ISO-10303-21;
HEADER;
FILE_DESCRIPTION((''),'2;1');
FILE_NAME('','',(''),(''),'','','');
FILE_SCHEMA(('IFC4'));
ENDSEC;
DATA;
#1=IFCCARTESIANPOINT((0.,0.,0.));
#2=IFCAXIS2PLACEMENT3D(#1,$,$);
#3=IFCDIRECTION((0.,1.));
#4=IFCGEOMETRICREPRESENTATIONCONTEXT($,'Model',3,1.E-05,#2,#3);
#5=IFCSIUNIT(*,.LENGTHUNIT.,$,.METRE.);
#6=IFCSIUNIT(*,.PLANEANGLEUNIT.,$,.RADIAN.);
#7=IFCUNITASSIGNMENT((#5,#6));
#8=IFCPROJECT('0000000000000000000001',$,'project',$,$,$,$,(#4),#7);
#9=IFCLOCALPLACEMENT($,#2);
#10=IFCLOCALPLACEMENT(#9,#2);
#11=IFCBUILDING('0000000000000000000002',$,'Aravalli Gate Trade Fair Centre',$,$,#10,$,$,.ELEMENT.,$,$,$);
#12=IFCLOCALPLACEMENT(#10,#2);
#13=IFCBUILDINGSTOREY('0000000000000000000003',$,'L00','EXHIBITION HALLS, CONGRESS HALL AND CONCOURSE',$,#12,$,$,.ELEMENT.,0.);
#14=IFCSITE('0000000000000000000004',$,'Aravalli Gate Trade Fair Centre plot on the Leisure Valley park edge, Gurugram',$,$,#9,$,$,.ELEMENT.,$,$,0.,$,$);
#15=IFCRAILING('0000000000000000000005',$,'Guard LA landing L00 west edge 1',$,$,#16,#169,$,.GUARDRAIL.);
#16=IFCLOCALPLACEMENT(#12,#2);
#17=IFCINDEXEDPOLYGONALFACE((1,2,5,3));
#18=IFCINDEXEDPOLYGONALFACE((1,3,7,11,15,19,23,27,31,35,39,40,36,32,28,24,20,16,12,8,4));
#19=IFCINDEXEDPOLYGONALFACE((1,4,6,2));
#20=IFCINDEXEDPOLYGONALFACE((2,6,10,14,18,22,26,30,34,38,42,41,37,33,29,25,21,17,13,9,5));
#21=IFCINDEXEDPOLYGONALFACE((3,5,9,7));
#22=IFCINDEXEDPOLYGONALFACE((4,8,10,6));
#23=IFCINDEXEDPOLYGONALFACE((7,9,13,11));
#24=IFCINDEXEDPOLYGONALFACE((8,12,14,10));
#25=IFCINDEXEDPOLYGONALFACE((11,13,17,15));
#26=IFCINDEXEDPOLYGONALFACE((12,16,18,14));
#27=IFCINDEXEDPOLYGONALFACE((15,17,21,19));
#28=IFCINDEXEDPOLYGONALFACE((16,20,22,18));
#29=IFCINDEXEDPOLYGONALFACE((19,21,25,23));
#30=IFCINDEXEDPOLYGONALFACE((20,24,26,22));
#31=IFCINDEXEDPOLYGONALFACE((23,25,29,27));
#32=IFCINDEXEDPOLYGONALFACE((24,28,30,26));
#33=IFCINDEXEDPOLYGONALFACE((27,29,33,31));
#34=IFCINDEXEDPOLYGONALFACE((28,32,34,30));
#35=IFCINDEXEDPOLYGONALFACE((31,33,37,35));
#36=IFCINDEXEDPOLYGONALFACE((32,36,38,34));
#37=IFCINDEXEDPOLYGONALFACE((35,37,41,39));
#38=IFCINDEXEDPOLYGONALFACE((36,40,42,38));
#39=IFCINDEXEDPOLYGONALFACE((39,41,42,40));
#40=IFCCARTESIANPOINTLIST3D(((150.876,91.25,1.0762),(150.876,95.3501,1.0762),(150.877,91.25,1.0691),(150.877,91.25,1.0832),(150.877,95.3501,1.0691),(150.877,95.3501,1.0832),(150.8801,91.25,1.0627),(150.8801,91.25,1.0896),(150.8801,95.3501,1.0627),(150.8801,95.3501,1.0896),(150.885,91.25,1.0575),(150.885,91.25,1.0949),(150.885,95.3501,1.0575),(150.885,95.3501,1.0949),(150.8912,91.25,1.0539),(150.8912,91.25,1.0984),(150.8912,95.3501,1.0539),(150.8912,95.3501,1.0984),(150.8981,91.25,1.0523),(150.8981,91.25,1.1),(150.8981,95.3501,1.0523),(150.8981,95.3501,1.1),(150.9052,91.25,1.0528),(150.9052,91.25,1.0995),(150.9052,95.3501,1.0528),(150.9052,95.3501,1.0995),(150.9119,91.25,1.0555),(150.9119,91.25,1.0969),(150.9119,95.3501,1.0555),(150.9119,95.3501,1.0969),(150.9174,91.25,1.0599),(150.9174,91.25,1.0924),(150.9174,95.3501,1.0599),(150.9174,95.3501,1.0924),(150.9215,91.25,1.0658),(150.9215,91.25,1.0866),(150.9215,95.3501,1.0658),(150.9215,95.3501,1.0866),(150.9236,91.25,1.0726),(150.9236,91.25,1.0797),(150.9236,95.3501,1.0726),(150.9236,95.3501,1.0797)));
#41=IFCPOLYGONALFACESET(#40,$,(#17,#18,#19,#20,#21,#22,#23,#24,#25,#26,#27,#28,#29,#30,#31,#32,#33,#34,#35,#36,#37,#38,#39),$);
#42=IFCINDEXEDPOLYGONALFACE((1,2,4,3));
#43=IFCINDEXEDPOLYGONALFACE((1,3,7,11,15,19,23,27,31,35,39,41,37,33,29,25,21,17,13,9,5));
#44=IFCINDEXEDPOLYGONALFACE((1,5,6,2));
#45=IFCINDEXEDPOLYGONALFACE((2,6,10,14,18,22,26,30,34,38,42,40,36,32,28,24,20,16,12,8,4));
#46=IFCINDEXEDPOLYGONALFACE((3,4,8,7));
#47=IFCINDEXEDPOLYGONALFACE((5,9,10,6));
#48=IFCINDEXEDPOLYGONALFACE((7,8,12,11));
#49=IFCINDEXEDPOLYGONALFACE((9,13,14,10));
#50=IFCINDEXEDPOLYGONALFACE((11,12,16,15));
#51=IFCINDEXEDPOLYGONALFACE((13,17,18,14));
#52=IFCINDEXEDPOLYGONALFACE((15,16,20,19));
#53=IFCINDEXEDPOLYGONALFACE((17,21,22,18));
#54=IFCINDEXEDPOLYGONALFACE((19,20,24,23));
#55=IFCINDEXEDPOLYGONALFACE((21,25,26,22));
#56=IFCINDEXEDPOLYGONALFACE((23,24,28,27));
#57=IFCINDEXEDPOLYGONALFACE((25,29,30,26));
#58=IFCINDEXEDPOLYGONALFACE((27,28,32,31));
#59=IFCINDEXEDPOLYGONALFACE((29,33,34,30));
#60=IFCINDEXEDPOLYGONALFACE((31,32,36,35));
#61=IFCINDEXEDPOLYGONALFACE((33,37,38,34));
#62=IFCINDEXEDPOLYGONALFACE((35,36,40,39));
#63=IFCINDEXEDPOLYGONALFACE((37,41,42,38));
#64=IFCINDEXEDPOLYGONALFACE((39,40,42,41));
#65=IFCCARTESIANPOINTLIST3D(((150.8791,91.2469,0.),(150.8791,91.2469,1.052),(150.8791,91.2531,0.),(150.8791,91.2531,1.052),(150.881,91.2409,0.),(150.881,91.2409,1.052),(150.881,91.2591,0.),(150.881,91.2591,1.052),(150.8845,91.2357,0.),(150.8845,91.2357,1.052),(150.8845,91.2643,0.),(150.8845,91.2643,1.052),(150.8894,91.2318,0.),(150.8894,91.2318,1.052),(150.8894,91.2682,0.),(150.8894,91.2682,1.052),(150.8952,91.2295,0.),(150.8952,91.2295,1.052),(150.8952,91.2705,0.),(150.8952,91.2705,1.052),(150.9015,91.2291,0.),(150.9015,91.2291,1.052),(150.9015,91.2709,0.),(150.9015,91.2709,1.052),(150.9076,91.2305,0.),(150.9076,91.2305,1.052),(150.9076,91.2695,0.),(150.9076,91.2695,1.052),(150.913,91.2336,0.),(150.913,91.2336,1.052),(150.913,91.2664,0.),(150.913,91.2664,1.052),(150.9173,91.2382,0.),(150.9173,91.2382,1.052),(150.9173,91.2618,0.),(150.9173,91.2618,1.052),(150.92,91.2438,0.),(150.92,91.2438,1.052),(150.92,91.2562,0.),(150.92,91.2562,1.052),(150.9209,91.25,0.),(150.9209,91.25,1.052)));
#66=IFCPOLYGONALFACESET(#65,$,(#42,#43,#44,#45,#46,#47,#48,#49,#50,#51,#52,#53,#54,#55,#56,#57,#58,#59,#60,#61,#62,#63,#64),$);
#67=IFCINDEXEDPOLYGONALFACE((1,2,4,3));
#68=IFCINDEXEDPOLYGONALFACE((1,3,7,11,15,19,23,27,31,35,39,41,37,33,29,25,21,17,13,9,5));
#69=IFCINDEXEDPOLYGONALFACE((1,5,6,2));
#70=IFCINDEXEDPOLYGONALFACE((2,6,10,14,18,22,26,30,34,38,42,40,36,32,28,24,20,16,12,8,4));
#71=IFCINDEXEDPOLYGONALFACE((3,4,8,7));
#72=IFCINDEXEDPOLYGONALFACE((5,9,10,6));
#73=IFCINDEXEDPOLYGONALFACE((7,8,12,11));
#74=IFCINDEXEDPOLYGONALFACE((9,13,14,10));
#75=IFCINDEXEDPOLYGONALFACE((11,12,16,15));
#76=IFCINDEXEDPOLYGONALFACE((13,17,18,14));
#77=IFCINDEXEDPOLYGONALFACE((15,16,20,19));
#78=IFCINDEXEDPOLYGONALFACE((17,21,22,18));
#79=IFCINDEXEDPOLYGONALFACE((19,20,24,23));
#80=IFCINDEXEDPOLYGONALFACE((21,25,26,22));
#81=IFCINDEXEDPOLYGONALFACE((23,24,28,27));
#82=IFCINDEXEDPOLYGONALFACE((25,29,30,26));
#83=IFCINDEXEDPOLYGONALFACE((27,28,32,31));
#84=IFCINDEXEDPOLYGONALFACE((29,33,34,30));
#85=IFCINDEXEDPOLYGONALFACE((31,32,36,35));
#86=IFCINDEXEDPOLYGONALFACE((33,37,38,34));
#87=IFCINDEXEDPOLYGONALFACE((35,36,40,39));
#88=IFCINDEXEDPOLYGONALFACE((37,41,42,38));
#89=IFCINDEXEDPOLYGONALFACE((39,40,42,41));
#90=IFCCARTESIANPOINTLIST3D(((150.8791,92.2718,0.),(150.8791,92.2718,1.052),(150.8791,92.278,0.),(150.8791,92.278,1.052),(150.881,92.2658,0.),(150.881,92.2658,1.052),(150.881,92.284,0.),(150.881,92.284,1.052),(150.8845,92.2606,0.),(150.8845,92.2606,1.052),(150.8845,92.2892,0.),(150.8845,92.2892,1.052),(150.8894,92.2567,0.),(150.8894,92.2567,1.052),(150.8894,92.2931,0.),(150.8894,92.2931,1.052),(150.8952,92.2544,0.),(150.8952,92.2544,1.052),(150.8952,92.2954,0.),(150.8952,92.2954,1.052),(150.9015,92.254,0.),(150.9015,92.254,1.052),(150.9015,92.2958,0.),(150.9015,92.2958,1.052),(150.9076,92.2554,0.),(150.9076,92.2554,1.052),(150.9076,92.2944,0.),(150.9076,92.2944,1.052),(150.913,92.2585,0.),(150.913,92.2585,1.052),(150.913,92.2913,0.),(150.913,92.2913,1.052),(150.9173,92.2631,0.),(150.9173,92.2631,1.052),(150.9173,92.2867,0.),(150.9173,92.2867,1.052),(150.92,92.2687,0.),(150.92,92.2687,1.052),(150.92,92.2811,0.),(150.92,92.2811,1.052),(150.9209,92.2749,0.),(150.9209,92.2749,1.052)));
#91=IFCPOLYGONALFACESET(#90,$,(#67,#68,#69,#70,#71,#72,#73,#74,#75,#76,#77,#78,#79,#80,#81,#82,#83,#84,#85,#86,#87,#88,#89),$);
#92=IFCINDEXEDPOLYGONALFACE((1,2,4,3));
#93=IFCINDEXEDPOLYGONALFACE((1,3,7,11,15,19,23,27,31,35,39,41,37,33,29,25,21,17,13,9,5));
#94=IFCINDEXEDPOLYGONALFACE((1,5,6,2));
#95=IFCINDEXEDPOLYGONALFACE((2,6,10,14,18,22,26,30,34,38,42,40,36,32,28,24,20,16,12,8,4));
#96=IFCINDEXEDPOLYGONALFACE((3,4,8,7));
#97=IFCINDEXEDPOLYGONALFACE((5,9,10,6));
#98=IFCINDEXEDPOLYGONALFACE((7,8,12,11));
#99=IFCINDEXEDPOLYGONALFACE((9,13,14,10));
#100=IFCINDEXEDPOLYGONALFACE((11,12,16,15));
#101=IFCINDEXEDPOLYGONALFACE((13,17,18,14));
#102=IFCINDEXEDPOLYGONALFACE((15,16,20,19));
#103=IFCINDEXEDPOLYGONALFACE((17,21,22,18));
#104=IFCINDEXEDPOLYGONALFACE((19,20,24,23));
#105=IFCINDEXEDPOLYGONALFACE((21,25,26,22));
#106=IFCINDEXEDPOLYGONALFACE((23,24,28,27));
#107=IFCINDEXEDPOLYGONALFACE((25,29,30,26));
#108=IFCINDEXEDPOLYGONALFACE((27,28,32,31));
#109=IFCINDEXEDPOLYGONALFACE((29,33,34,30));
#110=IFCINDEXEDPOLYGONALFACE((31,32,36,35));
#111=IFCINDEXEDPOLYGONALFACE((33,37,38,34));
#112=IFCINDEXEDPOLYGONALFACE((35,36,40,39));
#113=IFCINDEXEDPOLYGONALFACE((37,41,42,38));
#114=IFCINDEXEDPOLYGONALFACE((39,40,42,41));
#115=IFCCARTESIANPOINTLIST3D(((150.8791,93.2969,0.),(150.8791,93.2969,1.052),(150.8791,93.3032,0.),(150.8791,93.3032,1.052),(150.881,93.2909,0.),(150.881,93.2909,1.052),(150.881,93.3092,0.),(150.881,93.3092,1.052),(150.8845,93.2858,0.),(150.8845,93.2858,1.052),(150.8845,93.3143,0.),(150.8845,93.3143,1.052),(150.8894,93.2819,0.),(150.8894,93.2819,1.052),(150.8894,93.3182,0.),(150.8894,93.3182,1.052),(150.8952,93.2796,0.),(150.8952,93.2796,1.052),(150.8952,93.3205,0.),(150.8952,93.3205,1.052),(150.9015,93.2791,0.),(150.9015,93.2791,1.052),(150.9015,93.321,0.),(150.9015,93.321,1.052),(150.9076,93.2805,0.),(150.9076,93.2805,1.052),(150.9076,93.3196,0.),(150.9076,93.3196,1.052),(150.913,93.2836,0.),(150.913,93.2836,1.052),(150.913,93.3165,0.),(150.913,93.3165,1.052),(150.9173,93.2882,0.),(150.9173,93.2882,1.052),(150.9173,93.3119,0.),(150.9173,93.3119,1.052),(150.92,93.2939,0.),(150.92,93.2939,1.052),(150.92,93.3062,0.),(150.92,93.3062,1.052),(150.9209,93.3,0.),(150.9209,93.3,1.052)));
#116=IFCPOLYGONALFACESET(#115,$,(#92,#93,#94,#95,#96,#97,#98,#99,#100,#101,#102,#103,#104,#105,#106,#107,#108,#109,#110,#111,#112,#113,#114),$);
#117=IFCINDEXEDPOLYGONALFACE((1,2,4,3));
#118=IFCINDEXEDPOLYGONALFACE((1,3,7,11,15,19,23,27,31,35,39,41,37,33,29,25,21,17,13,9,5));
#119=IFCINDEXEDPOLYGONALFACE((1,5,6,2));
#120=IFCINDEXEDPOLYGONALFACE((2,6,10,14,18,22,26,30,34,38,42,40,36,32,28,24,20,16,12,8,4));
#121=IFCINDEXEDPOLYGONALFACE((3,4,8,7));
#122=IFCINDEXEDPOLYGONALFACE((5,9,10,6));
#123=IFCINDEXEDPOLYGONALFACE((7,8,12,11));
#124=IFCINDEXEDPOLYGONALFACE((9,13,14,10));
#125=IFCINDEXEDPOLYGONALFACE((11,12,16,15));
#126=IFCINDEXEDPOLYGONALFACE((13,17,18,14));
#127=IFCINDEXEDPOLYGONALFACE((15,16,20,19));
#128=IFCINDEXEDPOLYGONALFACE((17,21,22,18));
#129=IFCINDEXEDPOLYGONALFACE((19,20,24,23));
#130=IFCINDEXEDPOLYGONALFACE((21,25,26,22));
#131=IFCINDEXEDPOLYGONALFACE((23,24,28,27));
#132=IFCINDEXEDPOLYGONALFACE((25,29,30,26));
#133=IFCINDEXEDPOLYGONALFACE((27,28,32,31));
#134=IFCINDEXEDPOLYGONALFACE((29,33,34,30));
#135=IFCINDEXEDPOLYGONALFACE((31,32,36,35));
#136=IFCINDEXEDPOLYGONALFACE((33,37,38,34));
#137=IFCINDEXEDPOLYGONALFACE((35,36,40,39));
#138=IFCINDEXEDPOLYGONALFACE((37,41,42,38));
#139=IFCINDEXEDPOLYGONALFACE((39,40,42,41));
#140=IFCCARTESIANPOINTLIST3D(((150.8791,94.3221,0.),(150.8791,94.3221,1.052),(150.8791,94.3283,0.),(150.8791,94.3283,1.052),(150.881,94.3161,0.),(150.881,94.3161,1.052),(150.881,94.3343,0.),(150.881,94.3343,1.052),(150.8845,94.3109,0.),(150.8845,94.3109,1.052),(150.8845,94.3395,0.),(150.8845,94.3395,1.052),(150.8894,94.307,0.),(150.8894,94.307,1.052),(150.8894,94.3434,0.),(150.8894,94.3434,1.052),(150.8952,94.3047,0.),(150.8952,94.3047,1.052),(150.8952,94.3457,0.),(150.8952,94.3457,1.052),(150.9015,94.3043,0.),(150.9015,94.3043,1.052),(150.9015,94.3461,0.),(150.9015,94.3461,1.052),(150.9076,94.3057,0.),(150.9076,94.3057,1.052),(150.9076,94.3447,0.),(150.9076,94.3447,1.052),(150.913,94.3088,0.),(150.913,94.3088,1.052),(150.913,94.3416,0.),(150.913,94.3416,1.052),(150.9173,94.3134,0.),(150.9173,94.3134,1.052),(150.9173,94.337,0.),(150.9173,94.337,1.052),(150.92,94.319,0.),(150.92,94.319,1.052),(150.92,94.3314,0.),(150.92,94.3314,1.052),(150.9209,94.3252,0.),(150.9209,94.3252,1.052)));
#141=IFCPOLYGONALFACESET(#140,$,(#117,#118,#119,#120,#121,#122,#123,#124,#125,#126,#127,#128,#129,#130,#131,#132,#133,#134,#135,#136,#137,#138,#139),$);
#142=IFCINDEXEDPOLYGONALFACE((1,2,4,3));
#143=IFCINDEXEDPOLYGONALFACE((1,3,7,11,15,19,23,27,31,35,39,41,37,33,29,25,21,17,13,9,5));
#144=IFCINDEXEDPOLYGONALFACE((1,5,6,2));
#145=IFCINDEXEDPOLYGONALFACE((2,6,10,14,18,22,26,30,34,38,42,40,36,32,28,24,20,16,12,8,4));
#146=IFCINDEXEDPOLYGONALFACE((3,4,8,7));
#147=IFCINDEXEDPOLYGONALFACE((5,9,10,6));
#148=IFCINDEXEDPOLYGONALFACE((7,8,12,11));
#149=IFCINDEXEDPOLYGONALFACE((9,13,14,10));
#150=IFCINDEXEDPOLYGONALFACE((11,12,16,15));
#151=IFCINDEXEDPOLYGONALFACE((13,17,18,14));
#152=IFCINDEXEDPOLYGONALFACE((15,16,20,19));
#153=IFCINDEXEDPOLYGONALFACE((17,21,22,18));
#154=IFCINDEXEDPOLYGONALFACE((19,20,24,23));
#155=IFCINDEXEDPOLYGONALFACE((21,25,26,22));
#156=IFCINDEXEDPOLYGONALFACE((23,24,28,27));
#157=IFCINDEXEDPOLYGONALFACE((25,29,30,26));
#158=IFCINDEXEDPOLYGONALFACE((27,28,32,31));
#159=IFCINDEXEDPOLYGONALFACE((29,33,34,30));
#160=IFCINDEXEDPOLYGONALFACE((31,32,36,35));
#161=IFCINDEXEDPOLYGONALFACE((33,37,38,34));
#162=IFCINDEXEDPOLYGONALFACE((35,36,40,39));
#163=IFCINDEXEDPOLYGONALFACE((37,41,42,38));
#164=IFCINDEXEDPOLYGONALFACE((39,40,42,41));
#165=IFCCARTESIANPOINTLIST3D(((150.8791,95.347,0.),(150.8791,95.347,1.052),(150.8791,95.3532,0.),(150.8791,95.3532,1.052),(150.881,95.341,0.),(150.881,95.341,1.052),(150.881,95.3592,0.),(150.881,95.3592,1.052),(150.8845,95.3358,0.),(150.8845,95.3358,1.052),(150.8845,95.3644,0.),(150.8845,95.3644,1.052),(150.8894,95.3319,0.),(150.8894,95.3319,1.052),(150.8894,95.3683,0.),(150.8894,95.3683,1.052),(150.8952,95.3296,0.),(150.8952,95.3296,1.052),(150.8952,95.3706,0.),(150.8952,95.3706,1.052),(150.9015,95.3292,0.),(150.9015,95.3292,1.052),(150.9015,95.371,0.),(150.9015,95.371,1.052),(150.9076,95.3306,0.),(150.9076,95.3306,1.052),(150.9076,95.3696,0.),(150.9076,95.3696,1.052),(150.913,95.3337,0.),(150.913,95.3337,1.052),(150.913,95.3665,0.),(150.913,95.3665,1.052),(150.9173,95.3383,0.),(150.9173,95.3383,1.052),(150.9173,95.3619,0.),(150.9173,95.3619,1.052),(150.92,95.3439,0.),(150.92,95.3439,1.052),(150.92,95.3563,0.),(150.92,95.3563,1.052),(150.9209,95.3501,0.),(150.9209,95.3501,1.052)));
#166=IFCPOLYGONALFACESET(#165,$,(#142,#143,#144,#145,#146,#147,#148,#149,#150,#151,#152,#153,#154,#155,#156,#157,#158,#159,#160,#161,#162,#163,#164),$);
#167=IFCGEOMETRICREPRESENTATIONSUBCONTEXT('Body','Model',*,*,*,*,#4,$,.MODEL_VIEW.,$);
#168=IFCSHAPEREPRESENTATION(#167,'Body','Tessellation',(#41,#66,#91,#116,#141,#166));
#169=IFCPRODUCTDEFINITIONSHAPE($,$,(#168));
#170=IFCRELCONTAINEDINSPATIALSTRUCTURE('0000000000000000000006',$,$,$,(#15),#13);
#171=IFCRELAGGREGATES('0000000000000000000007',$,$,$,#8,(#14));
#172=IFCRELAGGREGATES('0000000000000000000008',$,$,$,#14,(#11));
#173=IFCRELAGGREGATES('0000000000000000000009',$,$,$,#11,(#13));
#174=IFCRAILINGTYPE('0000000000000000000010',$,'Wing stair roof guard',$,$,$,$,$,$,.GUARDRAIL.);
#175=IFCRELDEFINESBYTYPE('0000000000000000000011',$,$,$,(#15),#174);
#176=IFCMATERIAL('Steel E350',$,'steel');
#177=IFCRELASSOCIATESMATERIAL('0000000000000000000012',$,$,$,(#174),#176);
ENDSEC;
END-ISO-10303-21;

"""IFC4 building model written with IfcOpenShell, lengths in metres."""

from ifc_helpers import new_model, si_unit, direction, frame, origin, origin_2d, place, context, subcontext, project, spatial, circle, extrude, material, type_object, element, save


model = new_model("IFC4")

# Units and contexts
model_context = context("Model", 3, precision=1e-05, world=origin(), true_north=direction((0.0, 1.0)))
body_context = subcontext(model_context, "Body", "Model", "MODEL_VIEW")
ifc_project = project(units=[si_unit("LENGTHUNIT", "METRE"), si_unit("PLANEANGLEUNIT", "RADIAN")], contexts=[model_context])

# Site, building, storey
site_placement = place(None, origin())
site = spatial("IfcSite", under=ifc_project, at=site_placement, Name="Aravalli Gate Trade Fair Centre plot on the Leisure Valley park edge, Gurugram", CompositionType="ELEMENT", RefElevation=0.0)
building_placement = place(site_placement, origin())
building = spatial("IfcBuilding", under=site, at=building_placement, Name="Aravalli Gate Trade Fair Centre", CompositionType="ELEMENT")
storey_placement = place(building_placement, origin())
storey = spatial("IfcBuildingStorey", under=building, at=storey_placement, Name="L00", Description="EXHIBITION HALLS, CONGRESS HALL AND CONCOURSE", CompositionType="ELEMENT", Elevation=0.0)

# Railing
ifc_material_1 = material(Name="Steel E350", Category="steel")
railing_type_1 = type_object("IfcRailingType", Name="Wing stair roof guard", PredefinedType="GUARDRAIL", material=ifc_material_1)
for number, where, name in (
    (1, (150.8999, 91.25, 0.0), "Guard LA landing L00 west edge 1"),
):
    element("IfcRailing", number, at=place(storey_placement, frame(where)), inside=storey, type_object=railing_type_1, Name=name, PredefinedType="GUARDRAIL", context=body_context, shape_type="SweptSolid", body=[
        extrude(circle(Radius=0.0239, at=origin_2d()), frame((0.0, 0.0, 1.0762), z_axis=(0.0, 1.0, 0.0), x_axis=(-1.0, 0.0, 0.0)), (0.0, 0.0, 1.0), 4.1001),
        extrude(circle(Radius=0.021, at=origin_2d()), origin(), (0.0, 0.0, 1.0), 1.052),
        extrude(circle(Radius=0.021, at=origin_2d()), frame((0.0, 1.0249, 0.0)), (0.0, 0.0, 1.0), 1.052),
        extrude(circle(Radius=0.021, at=origin_2d()), frame((0.0, 2.05, 0.0)), (0.0, 0.0, 1.0), 1.052),
        extrude(circle(Radius=0.021, at=origin_2d()), frame((0.0, 3.0752, 0.0)), (0.0, 0.0, 1.0), 1.052),
        extrude(circle(Radius=0.021, at=origin_2d()), frame((0.0, 4.1001, 0.0)), (0.0, 0.0, 1.0), 1.052),
    ])

save(model, "model.ifc")
